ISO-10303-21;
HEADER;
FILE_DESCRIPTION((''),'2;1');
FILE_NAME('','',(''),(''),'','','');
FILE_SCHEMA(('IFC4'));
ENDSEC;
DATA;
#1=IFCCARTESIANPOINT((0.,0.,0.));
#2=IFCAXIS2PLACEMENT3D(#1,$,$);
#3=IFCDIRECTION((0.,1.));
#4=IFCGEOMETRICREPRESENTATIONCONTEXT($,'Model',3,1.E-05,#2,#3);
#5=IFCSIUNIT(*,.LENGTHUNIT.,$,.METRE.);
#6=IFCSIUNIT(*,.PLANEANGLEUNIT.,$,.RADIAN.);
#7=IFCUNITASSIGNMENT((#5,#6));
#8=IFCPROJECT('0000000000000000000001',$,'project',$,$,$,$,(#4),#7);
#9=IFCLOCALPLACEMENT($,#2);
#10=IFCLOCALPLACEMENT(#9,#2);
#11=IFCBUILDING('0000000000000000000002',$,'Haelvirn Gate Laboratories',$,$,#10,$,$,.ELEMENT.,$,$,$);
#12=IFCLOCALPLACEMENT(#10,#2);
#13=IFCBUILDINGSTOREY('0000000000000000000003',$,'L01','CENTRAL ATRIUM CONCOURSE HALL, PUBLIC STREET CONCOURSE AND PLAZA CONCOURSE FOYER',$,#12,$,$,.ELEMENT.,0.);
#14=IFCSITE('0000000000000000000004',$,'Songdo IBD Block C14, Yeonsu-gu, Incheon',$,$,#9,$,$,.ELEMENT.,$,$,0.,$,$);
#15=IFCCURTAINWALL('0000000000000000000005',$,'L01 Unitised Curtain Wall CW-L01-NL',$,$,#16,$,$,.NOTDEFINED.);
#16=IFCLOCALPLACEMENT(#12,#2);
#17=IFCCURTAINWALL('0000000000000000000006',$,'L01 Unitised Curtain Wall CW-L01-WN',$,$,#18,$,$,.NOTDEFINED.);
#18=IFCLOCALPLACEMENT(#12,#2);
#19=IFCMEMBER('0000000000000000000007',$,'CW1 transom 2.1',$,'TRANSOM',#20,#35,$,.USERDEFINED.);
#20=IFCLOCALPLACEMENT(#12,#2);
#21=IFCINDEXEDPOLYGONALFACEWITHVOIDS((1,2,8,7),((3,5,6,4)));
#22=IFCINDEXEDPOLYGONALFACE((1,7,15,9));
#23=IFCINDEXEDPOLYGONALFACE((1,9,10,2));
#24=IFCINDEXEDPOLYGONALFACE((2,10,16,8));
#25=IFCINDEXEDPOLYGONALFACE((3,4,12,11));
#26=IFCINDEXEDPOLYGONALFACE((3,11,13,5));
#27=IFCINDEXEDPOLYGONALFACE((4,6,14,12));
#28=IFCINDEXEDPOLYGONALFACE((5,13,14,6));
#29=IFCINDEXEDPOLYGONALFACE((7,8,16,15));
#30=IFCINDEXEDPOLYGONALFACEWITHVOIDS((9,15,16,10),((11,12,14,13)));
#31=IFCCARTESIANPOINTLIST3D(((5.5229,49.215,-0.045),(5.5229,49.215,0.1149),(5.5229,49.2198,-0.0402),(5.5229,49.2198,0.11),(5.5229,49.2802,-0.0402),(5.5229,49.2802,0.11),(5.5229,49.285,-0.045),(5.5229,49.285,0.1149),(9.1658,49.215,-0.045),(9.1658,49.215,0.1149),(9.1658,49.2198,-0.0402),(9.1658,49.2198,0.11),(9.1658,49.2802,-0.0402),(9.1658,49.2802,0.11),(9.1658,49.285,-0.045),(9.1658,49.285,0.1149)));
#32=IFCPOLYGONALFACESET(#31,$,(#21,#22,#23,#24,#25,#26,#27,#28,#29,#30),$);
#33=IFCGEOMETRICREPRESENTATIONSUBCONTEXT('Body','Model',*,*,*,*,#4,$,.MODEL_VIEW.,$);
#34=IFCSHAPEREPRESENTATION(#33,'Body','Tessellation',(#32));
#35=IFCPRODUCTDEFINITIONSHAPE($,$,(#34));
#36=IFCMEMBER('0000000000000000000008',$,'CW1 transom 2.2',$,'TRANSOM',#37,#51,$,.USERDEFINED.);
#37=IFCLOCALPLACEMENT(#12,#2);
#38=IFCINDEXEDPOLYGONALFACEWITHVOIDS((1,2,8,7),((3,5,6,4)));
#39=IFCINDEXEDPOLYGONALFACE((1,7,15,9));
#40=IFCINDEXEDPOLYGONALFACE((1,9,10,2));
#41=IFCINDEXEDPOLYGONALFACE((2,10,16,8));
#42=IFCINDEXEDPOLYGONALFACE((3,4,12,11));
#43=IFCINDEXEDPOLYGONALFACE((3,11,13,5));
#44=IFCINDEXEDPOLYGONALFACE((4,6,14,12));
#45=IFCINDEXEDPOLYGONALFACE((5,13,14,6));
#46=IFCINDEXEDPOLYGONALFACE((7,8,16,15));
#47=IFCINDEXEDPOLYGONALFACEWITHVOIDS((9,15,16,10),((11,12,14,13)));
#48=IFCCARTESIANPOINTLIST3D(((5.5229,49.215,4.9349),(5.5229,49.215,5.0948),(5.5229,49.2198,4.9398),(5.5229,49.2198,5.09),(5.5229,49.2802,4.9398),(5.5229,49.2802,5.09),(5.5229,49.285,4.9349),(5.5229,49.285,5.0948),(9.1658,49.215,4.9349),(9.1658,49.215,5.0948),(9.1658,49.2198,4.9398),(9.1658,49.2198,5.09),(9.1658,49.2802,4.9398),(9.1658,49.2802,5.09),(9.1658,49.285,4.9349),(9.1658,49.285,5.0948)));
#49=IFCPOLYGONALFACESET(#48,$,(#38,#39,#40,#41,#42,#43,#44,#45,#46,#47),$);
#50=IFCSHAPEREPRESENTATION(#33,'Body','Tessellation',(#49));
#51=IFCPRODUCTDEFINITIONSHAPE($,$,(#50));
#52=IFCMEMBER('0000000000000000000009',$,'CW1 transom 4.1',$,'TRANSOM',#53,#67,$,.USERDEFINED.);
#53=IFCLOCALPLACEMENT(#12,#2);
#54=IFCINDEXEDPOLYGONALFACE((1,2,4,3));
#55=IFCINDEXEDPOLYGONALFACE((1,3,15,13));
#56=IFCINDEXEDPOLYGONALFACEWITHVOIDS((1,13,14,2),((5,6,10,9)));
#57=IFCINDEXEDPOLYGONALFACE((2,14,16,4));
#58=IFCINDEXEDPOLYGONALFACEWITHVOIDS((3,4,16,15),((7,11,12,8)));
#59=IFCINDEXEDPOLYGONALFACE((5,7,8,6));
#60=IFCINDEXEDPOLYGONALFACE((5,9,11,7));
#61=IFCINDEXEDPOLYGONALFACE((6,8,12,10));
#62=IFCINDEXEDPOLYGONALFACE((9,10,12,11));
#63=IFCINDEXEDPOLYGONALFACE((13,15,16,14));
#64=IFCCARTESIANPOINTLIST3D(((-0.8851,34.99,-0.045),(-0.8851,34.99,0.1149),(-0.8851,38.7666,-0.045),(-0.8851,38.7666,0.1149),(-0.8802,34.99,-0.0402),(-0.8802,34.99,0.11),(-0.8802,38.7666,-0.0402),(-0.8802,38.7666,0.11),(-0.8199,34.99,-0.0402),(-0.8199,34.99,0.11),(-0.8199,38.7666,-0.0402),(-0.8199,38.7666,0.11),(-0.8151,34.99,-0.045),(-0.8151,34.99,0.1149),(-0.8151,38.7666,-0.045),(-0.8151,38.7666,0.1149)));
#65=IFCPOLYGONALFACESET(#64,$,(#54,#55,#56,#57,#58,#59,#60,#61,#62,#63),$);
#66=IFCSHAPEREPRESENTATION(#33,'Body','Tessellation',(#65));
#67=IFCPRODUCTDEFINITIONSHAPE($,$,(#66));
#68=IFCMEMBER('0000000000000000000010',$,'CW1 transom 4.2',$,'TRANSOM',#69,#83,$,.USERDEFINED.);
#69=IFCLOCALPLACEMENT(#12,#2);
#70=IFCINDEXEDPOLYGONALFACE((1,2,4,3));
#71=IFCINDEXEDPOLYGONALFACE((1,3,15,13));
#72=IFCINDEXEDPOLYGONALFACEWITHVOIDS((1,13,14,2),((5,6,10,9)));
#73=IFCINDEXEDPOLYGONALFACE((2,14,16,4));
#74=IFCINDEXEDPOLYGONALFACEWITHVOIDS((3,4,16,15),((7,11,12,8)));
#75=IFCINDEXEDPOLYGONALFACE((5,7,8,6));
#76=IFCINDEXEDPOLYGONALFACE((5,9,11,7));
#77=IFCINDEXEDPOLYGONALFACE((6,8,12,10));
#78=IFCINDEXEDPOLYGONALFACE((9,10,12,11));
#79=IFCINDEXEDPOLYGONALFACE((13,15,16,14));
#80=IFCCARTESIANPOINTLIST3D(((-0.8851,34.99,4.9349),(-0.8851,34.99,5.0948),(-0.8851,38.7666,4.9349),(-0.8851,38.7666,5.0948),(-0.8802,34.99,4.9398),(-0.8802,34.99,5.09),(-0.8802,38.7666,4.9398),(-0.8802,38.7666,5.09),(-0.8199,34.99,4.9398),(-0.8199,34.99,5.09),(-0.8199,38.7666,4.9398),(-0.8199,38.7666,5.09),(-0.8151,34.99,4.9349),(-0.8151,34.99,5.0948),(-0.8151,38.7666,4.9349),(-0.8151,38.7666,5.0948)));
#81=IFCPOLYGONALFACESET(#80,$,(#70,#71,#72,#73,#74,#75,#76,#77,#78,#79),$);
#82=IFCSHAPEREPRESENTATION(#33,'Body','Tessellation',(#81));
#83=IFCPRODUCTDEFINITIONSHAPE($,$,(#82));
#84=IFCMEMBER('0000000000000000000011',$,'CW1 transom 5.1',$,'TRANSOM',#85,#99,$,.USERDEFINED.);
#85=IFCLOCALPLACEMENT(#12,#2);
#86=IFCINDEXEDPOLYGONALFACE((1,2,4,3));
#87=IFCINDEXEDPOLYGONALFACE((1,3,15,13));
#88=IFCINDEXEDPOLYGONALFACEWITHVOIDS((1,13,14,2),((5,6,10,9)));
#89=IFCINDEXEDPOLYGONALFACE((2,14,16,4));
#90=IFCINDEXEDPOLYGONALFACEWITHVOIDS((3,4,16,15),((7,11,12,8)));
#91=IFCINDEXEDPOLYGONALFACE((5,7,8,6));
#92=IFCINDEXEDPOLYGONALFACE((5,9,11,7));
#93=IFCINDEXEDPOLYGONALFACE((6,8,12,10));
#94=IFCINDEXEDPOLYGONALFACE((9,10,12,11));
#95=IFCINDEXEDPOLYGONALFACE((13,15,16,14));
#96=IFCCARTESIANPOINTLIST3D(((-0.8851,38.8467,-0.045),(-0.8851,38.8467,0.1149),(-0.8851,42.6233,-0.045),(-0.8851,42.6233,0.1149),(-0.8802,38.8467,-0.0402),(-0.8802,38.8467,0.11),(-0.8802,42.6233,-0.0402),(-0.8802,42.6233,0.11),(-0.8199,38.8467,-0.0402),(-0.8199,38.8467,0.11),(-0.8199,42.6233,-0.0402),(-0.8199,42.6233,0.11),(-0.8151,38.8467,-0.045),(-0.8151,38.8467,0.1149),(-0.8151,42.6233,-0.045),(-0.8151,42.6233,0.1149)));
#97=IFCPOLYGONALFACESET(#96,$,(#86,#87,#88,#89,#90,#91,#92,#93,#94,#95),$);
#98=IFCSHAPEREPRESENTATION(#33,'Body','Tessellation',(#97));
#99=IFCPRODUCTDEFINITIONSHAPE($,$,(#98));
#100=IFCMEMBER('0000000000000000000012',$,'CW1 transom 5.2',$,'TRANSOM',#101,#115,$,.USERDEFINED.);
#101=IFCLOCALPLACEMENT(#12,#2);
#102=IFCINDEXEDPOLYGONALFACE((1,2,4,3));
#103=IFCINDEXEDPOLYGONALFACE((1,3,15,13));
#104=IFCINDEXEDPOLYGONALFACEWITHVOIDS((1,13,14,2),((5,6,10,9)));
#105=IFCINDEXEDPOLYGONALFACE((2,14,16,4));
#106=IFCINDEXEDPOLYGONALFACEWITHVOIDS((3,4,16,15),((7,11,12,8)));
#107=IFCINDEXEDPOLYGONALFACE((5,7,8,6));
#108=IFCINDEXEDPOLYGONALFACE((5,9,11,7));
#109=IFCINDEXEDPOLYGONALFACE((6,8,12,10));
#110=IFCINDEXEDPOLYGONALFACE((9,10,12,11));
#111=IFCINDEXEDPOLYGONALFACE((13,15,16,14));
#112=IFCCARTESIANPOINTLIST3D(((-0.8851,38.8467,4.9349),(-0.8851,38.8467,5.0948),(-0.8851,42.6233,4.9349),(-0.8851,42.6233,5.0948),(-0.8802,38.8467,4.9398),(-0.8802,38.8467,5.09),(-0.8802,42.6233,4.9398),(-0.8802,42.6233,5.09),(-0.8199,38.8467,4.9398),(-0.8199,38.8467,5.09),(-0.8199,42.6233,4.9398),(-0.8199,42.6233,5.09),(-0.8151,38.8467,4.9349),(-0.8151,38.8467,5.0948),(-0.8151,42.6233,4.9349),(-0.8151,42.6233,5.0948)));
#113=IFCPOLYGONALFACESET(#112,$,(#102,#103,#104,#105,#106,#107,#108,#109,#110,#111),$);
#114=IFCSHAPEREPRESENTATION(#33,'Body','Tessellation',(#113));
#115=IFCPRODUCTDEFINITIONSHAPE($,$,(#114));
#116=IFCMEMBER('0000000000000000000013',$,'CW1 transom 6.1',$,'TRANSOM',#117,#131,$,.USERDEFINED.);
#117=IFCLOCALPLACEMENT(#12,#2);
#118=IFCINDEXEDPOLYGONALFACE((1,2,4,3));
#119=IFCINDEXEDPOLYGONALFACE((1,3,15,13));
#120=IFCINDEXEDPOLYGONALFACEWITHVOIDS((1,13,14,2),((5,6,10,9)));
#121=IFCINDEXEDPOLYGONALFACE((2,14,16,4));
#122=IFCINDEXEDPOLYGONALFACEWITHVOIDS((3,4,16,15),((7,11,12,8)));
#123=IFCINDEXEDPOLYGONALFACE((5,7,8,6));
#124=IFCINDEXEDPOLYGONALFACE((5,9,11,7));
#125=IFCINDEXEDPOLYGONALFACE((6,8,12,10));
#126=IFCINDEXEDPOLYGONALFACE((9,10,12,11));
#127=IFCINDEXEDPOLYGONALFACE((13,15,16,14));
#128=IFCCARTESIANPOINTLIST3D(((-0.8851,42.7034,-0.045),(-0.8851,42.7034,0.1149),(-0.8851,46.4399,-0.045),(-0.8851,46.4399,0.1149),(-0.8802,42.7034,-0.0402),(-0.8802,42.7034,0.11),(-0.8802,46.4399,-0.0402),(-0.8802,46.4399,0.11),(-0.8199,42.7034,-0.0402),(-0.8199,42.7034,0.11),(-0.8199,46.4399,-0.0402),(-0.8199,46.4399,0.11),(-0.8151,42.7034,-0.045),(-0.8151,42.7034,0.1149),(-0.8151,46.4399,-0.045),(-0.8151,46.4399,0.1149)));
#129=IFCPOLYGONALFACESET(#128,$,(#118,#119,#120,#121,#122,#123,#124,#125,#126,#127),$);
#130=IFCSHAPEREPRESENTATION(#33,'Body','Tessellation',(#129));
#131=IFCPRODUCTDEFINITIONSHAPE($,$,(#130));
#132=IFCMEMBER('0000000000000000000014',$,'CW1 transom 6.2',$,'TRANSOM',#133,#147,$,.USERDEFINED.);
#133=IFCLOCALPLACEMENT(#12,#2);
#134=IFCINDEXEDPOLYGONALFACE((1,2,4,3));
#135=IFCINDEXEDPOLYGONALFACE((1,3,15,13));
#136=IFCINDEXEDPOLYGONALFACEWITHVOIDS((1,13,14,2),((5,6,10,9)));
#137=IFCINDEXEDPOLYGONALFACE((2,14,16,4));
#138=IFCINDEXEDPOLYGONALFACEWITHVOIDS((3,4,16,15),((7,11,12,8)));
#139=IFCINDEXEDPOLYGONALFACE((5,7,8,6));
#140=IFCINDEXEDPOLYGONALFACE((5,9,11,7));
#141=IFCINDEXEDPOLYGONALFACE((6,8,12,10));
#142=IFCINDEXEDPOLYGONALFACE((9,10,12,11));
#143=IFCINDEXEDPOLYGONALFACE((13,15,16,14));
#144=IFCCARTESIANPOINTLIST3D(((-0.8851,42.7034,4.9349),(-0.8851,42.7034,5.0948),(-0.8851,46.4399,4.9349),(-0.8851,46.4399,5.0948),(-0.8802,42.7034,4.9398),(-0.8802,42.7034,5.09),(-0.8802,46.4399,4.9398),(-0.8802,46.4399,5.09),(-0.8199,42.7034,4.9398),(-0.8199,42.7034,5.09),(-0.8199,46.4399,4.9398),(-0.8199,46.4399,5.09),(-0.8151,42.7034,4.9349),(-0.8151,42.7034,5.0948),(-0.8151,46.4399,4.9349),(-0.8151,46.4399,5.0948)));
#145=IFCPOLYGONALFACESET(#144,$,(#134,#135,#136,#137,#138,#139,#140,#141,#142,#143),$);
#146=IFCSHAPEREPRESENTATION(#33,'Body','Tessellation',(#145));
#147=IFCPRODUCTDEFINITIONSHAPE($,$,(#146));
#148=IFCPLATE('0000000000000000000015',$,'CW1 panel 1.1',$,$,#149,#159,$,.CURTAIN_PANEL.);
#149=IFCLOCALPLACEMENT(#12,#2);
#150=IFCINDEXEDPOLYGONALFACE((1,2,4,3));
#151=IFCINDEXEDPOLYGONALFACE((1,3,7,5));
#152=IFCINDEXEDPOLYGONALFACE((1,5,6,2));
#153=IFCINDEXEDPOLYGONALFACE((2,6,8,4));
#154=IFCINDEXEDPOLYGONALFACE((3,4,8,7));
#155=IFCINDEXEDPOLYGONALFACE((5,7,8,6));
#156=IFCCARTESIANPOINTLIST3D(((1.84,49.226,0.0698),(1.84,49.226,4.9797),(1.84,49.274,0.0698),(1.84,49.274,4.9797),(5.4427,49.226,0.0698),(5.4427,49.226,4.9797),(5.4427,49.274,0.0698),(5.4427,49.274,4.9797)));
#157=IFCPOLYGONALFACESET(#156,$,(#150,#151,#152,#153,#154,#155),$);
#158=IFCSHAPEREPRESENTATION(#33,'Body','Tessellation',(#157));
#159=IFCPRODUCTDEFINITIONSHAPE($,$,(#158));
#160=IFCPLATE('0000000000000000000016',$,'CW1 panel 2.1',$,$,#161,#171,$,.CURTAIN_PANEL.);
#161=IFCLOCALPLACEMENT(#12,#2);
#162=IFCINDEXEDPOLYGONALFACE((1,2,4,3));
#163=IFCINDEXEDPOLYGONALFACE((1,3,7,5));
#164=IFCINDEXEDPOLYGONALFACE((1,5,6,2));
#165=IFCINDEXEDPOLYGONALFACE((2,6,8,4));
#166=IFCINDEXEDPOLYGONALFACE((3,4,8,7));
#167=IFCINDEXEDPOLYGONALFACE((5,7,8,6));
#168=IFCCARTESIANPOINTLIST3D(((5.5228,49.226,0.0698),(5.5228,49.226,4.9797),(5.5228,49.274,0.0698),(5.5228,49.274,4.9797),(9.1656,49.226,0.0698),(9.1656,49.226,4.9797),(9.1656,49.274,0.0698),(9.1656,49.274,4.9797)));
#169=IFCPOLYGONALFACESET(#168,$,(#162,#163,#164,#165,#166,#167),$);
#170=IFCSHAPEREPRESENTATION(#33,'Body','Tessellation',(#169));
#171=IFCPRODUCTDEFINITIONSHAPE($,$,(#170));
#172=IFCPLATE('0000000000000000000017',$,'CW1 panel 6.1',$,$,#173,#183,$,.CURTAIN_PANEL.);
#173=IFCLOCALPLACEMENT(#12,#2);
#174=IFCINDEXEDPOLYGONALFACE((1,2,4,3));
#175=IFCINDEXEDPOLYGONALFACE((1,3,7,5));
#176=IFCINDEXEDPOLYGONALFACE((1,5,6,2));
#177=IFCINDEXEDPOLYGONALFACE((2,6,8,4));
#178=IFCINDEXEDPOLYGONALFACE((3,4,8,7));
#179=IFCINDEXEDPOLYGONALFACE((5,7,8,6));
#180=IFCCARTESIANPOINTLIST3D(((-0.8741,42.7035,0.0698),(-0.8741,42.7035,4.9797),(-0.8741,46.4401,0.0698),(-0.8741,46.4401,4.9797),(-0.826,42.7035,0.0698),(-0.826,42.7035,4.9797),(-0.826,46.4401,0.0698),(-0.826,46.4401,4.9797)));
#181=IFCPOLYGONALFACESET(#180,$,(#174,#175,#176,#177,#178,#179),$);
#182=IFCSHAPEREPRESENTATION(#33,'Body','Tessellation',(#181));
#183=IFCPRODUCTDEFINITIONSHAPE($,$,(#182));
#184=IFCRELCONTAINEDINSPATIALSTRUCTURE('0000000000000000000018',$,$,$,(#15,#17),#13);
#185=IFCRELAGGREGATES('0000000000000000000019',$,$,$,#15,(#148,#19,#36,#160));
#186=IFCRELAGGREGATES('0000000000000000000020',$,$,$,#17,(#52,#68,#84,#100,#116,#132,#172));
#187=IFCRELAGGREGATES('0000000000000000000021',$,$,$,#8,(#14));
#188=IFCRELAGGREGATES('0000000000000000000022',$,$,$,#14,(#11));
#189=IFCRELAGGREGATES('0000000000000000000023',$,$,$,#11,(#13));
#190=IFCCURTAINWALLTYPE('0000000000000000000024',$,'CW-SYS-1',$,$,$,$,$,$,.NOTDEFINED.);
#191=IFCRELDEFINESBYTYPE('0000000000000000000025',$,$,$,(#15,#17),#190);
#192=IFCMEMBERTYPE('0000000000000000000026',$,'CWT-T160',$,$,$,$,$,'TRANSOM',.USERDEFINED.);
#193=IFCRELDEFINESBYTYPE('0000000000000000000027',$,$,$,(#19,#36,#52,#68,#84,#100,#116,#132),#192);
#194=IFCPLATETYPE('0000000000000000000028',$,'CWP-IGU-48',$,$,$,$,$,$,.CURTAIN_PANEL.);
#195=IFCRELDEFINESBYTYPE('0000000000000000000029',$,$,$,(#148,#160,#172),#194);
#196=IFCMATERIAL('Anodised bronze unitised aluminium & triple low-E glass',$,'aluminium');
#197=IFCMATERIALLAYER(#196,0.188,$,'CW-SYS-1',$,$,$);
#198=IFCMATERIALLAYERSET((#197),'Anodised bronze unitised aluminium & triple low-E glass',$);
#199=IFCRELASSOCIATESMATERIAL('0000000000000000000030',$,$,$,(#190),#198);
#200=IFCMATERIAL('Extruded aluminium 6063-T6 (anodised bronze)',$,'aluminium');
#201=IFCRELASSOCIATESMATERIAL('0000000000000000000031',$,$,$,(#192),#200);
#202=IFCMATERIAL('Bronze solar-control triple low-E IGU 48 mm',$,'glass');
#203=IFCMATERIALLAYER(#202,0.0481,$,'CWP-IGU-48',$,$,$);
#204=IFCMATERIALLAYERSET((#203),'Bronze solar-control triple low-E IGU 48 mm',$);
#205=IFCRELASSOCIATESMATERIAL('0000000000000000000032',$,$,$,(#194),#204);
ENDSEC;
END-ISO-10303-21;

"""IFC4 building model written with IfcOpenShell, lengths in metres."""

from ifc_helpers import new_model, si_unit, direction, frame, origin, origin_2d, place, context, subcontext, project, spatial, rectangle, hollow_rectangle, extrude, source, transform, mapped, material, layer, layer_set, material_profile, profile_set, type_object, element, aggregate, save


model = new_model("IFC4")

# Units and contexts
model_context = context("Model", 3, precision=1e-05, world=origin(), true_north=direction((0.0, 1.0)))
body_context = subcontext(model_context, "Body", "Model", "MODEL_VIEW")
ifc_project = project(units=[si_unit("LENGTHUNIT", "METRE"), si_unit("PLANEANGLEUNIT", "RADIAN")], contexts=[model_context])

# Site, building, storey
site_placement = place(None, origin())
site = spatial("IfcSite", under=ifc_project, at=site_placement, Name="Songdo IBD Block C14, Yeonsu-gu, Incheon", CompositionType="ELEMENT", RefElevation=0.0)
building_placement = place(site_placement, origin())
building = spatial("IfcBuilding", under=site, at=building_placement, Name="Haelvirn Gate Laboratories", CompositionType="ELEMENT")
storey_placement = place(building_placement, origin())
storey = spatial("IfcBuildingStorey", under=building, at=storey_placement, Name="L01", Description="CENTRAL ATRIUM CONCOURSE HALL, PUBLIC STREET CONCOURSE AND PLAZA CONCOURSE FOYER", CompositionType="ELEMENT", Elevation=0.0)

# Curtain walls
ifc_material_1 = material(Name="Anodised bronze unitised aluminium & triple low-E glass", Category="aluminium")
ifc_layer_1 = layer(ifc_material_1, 0.188, Name="CW-SYS-1")
ifc_layer_set_1 = layer_set([ifc_layer_1], Name="Anodised bronze unitised aluminium & triple low-E glass")
curtain_wall_type = type_object("IfcCurtainWallType", Name="CW-SYS-1", PredefinedType="NOTDEFINED", material=ifc_layer_set_1)
curtain_wall_1_placement = place(storey_placement, origin())
curtain_wall_1 = element("IfcCurtainWall", 1, at=curtain_wall_1_placement, inside=storey, type_object=curtain_wall_type, Name="L01 Unitised Curtain Wall CW-L01-NL", PredefinedType="NOTDEFINED")
ifc_material_2 = material(Name="Extruded aluminium 6063-T6 (anodised bronze)", Category="aluminium")
curtain_wall_2_placement = place(storey_placement, origin())
curtain_wall_2 = element("IfcCurtainWall", 2, at=curtain_wall_2_placement, inside=storey, type_object=curtain_wall_type, Name="L01 Unitised Curtain Wall CW-L01-WN", PredefinedType="NOTDEFINED")

# Members
ifc_material_profile_1 = material_profile(ifc_material_2, hollow_rectangle(XDim=0.0701, YDim=0.1599, WallThickness=0.0049, at=origin_2d()), Name="CWT-160x70x5")
ifc_profile_set_1 = profile_set([ifc_material_profile_1], Name="Extruded aluminium 6063-T6 (anodised bronze)")
member_type_1 = type_object("IfcMemberType", Name="CWT-T160", ElementType="TRANSOM", PredefinedType="USERDEFINED", material=ifc_profile_set_1)
shared_shape_1 = source(origin(), body_context, "Body", "SweptSolid", [
    extrude(hollow_rectangle(XDim=0.0701, YDim=0.1599, WallThickness=0.0049, at=origin_2d()), origin(), (0.0, 0.0, 1.0), 3.6428),
])
member_1_placement = place(storey_placement, frame((5.5229, 49.25, 0.0349), z_axis=(1.0, 0.0, 0.0), x_axis=(0.0, 1.0, 0.0)))
member_1 = element("IfcMember", 3, at=member_1_placement, type_object=member_type_1, Name="CW1 transom 2.1", ObjectType="TRANSOM", PredefinedType="USERDEFINED", context=body_context, shape_type="MappedRepresentation", body=[
    mapped(shared_shape_1, transform((0.0, 0.0, 0.0), scale=1.0)),
])
member_2_placement = place(storey_placement, frame((5.5229, 49.25, 5.0149), z_axis=(1.0, 0.0, 0.0), x_axis=(0.0, 1.0, 0.0)))
member_2 = element("IfcMember", 4, at=member_2_placement, type_object=member_type_1, Name="CW1 transom 2.2", ObjectType="TRANSOM", PredefinedType="USERDEFINED", context=body_context, shape_type="MappedRepresentation", body=[
    mapped(shared_shape_1, transform((0.0, 0.0, 0.0), scale=1.0)),
])
shared_shape_2 = source(origin(), body_context, "Body", "SweptSolid", [
    extrude(hollow_rectangle(XDim=0.0701, YDim=0.1599, WallThickness=0.0049, at=origin_2d()), origin(), (0.0, 0.0, 1.0), 3.7766),
])
member_3_placement = place(storey_placement, frame((-0.8501, 34.99, 0.0349), z_axis=(0.0, 1.0, 0.0), x_axis=(-1.0, 0.0, 0.0)))
member_3 = element("IfcMember", 5, at=member_3_placement, type_object=member_type_1, Name="CW1 transom 4.1", ObjectType="TRANSOM", PredefinedType="USERDEFINED", context=body_context, shape_type="MappedRepresentation", body=[
    mapped(shared_shape_2, transform((0.0, 0.0, 0.0), scale=1.0)),
])
member_4_placement = place(storey_placement, frame((-0.8501, 34.99, 5.0149), z_axis=(0.0, 1.0, 0.0), x_axis=(-1.0, 0.0, 0.0)))
member_4 = element("IfcMember", 6, at=member_4_placement, type_object=member_type_1, Name="CW1 transom 4.2", ObjectType="TRANSOM", PredefinedType="USERDEFINED", context=body_context, shape_type="MappedRepresentation", body=[
    mapped(shared_shape_2, transform((0.0, 0.0, 0.0), scale=1.0)),
])
member_5_placement = place(storey_placement, frame((-0.8501, 38.8467, 0.0349), z_axis=(0.0, 1.0, 0.0), x_axis=(-1.0, 0.0, 0.0)))
member_5 = element("IfcMember", 7, at=member_5_placement, type_object=member_type_1, Name="CW1 transom 5.1", ObjectType="TRANSOM", PredefinedType="USERDEFINED", context=body_context, shape_type="MappedRepresentation", body=[
    mapped(shared_shape_2, transform((0.0, 0.0, 0.0), scale=1.0)),
])
member_6_placement = place(storey_placement, frame((-0.8501, 38.8467, 5.0149), z_axis=(0.0, 1.0, 0.0), x_axis=(-1.0, 0.0, 0.0)))
member_6 = element("IfcMember", 8, at=member_6_placement, type_object=member_type_1, Name="CW1 transom 5.2", ObjectType="TRANSOM", PredefinedType="USERDEFINED", context=body_context, shape_type="MappedRepresentation", body=[
    mapped(shared_shape_2, transform((0.0, 0.0, 0.0), scale=1.0)),
])
shared_shape_3 = source(origin(), body_context, "Body", "SweptSolid", [
    extrude(hollow_rectangle(XDim=0.0701, YDim=0.1599, WallThickness=0.0049, at=origin_2d()), origin(), (0.0, 0.0, 1.0), 3.7366),
])
member_7_placement = place(storey_placement, frame((-0.8501, 42.7034, 0.0349), z_axis=(0.0, 1.0, 0.0), x_axis=(-1.0, 0.0, 0.0)))
member_7 = element("IfcMember", 9, at=member_7_placement, type_object=member_type_1, Name="CW1 transom 6.1", ObjectType="TRANSOM", PredefinedType="USERDEFINED", context=body_context, shape_type="MappedRepresentation", body=[
    mapped(shared_shape_3, transform((0.0, 0.0, 0.0), scale=1.0)),
])
member_8_placement = place(storey_placement, frame((-0.8501, 42.7034, 5.0149), z_axis=(0.0, 1.0, 0.0), x_axis=(-1.0, 0.0, 0.0)))
member_8 = element("IfcMember", 10, at=member_8_placement, type_object=member_type_1, Name="CW1 transom 6.2", ObjectType="TRANSOM", PredefinedType="USERDEFINED", context=body_context, shape_type="MappedRepresentation", body=[
    mapped(shared_shape_3, transform((0.0, 0.0, 0.0), scale=1.0)),
])

# Plates
ifc_material_3 = material(Name="Bronze solar-control triple low-E IGU 48 mm", Category="glass")
ifc_layer_2 = layer(ifc_material_3, 0.0481, Name="CWP-IGU-48")
ifc_layer_set_2 = layer_set([ifc_layer_2], Name="Bronze solar-control triple low-E IGU 48 mm")
plate_type = type_object("IfcPlateType", Name="CWP-IGU-48", PredefinedType="CURTAIN_PANEL", material=ifc_layer_set_2)
shared_shape_4 = source(origin(), body_context, "Body", "SweptSolid", [
    extrude(rectangle(XDim=3.6028, YDim=0.0481, at=origin_2d()), origin(), (0.0, 0.0, 1.0), 4.9099),
])
plate_1_placement = place(storey_placement, frame((3.6414, 49.25, 0.0698), z_axis=(0.0, 0.0, 1.0), x_axis=(1.0, 0.0, 0.0)))
plate_1 = element("IfcPlate", 11, at=plate_1_placement, type_object=plate_type, Name="CW1 panel 1.1", PredefinedType="CURTAIN_PANEL", context=body_context, shape_type="MappedRepresentation", body=[
    mapped(shared_shape_4, transform((0.0, 0.0, 0.0), scale=1.0)),
])
shared_shape_5 = source(origin(), body_context, "Body", "SweptSolid", [
    extrude(rectangle(XDim=3.6428, YDim=0.0481, at=origin_2d()), origin(), (0.0, 0.0, 1.0), 4.9099),
])
plate_2_placement = place(storey_placement, frame((7.3442, 49.25, 0.0698), z_axis=(0.0, 0.0, 1.0), x_axis=(1.0, 0.0, 0.0)))
plate_2 = element("IfcPlate", 12, at=plate_2_placement, type_object=plate_type, Name="CW1 panel 2.1", PredefinedType="CURTAIN_PANEL", context=body_context, shape_type="MappedRepresentation", body=[
    mapped(shared_shape_5, transform((0.0, 0.0, 0.0), scale=1.0)),
])
aggregate(curtain_wall_1, [plate_1, member_1, member_2, plate_2])
shared_shape_6 = source(origin(), body_context, "Body", "SweptSolid", [
    extrude(rectangle(XDim=3.7366, YDim=0.0481, at=origin_2d()), origin(), (0.0, 0.0, 1.0), 4.9099),
])
plate_3_placement = place(storey_placement, frame((-0.8501, 44.5718, 0.0698), z_axis=(0.0, 0.0, 1.0), x_axis=(0.0, 1.0, 0.0)))
plate_3 = element("IfcPlate", 13, at=plate_3_placement, type_object=plate_type, Name="CW1 panel 6.1", PredefinedType="CURTAIN_PANEL", context=body_context, shape_type="MappedRepresentation", body=[
    mapped(shared_shape_6, transform((0.0, 0.0, 0.0), scale=1.0)),
])
aggregate(curtain_wall_2, [member_3, member_4, member_5, member_6, member_7, member_8, plate_3])

save(model, "model.ifc")
